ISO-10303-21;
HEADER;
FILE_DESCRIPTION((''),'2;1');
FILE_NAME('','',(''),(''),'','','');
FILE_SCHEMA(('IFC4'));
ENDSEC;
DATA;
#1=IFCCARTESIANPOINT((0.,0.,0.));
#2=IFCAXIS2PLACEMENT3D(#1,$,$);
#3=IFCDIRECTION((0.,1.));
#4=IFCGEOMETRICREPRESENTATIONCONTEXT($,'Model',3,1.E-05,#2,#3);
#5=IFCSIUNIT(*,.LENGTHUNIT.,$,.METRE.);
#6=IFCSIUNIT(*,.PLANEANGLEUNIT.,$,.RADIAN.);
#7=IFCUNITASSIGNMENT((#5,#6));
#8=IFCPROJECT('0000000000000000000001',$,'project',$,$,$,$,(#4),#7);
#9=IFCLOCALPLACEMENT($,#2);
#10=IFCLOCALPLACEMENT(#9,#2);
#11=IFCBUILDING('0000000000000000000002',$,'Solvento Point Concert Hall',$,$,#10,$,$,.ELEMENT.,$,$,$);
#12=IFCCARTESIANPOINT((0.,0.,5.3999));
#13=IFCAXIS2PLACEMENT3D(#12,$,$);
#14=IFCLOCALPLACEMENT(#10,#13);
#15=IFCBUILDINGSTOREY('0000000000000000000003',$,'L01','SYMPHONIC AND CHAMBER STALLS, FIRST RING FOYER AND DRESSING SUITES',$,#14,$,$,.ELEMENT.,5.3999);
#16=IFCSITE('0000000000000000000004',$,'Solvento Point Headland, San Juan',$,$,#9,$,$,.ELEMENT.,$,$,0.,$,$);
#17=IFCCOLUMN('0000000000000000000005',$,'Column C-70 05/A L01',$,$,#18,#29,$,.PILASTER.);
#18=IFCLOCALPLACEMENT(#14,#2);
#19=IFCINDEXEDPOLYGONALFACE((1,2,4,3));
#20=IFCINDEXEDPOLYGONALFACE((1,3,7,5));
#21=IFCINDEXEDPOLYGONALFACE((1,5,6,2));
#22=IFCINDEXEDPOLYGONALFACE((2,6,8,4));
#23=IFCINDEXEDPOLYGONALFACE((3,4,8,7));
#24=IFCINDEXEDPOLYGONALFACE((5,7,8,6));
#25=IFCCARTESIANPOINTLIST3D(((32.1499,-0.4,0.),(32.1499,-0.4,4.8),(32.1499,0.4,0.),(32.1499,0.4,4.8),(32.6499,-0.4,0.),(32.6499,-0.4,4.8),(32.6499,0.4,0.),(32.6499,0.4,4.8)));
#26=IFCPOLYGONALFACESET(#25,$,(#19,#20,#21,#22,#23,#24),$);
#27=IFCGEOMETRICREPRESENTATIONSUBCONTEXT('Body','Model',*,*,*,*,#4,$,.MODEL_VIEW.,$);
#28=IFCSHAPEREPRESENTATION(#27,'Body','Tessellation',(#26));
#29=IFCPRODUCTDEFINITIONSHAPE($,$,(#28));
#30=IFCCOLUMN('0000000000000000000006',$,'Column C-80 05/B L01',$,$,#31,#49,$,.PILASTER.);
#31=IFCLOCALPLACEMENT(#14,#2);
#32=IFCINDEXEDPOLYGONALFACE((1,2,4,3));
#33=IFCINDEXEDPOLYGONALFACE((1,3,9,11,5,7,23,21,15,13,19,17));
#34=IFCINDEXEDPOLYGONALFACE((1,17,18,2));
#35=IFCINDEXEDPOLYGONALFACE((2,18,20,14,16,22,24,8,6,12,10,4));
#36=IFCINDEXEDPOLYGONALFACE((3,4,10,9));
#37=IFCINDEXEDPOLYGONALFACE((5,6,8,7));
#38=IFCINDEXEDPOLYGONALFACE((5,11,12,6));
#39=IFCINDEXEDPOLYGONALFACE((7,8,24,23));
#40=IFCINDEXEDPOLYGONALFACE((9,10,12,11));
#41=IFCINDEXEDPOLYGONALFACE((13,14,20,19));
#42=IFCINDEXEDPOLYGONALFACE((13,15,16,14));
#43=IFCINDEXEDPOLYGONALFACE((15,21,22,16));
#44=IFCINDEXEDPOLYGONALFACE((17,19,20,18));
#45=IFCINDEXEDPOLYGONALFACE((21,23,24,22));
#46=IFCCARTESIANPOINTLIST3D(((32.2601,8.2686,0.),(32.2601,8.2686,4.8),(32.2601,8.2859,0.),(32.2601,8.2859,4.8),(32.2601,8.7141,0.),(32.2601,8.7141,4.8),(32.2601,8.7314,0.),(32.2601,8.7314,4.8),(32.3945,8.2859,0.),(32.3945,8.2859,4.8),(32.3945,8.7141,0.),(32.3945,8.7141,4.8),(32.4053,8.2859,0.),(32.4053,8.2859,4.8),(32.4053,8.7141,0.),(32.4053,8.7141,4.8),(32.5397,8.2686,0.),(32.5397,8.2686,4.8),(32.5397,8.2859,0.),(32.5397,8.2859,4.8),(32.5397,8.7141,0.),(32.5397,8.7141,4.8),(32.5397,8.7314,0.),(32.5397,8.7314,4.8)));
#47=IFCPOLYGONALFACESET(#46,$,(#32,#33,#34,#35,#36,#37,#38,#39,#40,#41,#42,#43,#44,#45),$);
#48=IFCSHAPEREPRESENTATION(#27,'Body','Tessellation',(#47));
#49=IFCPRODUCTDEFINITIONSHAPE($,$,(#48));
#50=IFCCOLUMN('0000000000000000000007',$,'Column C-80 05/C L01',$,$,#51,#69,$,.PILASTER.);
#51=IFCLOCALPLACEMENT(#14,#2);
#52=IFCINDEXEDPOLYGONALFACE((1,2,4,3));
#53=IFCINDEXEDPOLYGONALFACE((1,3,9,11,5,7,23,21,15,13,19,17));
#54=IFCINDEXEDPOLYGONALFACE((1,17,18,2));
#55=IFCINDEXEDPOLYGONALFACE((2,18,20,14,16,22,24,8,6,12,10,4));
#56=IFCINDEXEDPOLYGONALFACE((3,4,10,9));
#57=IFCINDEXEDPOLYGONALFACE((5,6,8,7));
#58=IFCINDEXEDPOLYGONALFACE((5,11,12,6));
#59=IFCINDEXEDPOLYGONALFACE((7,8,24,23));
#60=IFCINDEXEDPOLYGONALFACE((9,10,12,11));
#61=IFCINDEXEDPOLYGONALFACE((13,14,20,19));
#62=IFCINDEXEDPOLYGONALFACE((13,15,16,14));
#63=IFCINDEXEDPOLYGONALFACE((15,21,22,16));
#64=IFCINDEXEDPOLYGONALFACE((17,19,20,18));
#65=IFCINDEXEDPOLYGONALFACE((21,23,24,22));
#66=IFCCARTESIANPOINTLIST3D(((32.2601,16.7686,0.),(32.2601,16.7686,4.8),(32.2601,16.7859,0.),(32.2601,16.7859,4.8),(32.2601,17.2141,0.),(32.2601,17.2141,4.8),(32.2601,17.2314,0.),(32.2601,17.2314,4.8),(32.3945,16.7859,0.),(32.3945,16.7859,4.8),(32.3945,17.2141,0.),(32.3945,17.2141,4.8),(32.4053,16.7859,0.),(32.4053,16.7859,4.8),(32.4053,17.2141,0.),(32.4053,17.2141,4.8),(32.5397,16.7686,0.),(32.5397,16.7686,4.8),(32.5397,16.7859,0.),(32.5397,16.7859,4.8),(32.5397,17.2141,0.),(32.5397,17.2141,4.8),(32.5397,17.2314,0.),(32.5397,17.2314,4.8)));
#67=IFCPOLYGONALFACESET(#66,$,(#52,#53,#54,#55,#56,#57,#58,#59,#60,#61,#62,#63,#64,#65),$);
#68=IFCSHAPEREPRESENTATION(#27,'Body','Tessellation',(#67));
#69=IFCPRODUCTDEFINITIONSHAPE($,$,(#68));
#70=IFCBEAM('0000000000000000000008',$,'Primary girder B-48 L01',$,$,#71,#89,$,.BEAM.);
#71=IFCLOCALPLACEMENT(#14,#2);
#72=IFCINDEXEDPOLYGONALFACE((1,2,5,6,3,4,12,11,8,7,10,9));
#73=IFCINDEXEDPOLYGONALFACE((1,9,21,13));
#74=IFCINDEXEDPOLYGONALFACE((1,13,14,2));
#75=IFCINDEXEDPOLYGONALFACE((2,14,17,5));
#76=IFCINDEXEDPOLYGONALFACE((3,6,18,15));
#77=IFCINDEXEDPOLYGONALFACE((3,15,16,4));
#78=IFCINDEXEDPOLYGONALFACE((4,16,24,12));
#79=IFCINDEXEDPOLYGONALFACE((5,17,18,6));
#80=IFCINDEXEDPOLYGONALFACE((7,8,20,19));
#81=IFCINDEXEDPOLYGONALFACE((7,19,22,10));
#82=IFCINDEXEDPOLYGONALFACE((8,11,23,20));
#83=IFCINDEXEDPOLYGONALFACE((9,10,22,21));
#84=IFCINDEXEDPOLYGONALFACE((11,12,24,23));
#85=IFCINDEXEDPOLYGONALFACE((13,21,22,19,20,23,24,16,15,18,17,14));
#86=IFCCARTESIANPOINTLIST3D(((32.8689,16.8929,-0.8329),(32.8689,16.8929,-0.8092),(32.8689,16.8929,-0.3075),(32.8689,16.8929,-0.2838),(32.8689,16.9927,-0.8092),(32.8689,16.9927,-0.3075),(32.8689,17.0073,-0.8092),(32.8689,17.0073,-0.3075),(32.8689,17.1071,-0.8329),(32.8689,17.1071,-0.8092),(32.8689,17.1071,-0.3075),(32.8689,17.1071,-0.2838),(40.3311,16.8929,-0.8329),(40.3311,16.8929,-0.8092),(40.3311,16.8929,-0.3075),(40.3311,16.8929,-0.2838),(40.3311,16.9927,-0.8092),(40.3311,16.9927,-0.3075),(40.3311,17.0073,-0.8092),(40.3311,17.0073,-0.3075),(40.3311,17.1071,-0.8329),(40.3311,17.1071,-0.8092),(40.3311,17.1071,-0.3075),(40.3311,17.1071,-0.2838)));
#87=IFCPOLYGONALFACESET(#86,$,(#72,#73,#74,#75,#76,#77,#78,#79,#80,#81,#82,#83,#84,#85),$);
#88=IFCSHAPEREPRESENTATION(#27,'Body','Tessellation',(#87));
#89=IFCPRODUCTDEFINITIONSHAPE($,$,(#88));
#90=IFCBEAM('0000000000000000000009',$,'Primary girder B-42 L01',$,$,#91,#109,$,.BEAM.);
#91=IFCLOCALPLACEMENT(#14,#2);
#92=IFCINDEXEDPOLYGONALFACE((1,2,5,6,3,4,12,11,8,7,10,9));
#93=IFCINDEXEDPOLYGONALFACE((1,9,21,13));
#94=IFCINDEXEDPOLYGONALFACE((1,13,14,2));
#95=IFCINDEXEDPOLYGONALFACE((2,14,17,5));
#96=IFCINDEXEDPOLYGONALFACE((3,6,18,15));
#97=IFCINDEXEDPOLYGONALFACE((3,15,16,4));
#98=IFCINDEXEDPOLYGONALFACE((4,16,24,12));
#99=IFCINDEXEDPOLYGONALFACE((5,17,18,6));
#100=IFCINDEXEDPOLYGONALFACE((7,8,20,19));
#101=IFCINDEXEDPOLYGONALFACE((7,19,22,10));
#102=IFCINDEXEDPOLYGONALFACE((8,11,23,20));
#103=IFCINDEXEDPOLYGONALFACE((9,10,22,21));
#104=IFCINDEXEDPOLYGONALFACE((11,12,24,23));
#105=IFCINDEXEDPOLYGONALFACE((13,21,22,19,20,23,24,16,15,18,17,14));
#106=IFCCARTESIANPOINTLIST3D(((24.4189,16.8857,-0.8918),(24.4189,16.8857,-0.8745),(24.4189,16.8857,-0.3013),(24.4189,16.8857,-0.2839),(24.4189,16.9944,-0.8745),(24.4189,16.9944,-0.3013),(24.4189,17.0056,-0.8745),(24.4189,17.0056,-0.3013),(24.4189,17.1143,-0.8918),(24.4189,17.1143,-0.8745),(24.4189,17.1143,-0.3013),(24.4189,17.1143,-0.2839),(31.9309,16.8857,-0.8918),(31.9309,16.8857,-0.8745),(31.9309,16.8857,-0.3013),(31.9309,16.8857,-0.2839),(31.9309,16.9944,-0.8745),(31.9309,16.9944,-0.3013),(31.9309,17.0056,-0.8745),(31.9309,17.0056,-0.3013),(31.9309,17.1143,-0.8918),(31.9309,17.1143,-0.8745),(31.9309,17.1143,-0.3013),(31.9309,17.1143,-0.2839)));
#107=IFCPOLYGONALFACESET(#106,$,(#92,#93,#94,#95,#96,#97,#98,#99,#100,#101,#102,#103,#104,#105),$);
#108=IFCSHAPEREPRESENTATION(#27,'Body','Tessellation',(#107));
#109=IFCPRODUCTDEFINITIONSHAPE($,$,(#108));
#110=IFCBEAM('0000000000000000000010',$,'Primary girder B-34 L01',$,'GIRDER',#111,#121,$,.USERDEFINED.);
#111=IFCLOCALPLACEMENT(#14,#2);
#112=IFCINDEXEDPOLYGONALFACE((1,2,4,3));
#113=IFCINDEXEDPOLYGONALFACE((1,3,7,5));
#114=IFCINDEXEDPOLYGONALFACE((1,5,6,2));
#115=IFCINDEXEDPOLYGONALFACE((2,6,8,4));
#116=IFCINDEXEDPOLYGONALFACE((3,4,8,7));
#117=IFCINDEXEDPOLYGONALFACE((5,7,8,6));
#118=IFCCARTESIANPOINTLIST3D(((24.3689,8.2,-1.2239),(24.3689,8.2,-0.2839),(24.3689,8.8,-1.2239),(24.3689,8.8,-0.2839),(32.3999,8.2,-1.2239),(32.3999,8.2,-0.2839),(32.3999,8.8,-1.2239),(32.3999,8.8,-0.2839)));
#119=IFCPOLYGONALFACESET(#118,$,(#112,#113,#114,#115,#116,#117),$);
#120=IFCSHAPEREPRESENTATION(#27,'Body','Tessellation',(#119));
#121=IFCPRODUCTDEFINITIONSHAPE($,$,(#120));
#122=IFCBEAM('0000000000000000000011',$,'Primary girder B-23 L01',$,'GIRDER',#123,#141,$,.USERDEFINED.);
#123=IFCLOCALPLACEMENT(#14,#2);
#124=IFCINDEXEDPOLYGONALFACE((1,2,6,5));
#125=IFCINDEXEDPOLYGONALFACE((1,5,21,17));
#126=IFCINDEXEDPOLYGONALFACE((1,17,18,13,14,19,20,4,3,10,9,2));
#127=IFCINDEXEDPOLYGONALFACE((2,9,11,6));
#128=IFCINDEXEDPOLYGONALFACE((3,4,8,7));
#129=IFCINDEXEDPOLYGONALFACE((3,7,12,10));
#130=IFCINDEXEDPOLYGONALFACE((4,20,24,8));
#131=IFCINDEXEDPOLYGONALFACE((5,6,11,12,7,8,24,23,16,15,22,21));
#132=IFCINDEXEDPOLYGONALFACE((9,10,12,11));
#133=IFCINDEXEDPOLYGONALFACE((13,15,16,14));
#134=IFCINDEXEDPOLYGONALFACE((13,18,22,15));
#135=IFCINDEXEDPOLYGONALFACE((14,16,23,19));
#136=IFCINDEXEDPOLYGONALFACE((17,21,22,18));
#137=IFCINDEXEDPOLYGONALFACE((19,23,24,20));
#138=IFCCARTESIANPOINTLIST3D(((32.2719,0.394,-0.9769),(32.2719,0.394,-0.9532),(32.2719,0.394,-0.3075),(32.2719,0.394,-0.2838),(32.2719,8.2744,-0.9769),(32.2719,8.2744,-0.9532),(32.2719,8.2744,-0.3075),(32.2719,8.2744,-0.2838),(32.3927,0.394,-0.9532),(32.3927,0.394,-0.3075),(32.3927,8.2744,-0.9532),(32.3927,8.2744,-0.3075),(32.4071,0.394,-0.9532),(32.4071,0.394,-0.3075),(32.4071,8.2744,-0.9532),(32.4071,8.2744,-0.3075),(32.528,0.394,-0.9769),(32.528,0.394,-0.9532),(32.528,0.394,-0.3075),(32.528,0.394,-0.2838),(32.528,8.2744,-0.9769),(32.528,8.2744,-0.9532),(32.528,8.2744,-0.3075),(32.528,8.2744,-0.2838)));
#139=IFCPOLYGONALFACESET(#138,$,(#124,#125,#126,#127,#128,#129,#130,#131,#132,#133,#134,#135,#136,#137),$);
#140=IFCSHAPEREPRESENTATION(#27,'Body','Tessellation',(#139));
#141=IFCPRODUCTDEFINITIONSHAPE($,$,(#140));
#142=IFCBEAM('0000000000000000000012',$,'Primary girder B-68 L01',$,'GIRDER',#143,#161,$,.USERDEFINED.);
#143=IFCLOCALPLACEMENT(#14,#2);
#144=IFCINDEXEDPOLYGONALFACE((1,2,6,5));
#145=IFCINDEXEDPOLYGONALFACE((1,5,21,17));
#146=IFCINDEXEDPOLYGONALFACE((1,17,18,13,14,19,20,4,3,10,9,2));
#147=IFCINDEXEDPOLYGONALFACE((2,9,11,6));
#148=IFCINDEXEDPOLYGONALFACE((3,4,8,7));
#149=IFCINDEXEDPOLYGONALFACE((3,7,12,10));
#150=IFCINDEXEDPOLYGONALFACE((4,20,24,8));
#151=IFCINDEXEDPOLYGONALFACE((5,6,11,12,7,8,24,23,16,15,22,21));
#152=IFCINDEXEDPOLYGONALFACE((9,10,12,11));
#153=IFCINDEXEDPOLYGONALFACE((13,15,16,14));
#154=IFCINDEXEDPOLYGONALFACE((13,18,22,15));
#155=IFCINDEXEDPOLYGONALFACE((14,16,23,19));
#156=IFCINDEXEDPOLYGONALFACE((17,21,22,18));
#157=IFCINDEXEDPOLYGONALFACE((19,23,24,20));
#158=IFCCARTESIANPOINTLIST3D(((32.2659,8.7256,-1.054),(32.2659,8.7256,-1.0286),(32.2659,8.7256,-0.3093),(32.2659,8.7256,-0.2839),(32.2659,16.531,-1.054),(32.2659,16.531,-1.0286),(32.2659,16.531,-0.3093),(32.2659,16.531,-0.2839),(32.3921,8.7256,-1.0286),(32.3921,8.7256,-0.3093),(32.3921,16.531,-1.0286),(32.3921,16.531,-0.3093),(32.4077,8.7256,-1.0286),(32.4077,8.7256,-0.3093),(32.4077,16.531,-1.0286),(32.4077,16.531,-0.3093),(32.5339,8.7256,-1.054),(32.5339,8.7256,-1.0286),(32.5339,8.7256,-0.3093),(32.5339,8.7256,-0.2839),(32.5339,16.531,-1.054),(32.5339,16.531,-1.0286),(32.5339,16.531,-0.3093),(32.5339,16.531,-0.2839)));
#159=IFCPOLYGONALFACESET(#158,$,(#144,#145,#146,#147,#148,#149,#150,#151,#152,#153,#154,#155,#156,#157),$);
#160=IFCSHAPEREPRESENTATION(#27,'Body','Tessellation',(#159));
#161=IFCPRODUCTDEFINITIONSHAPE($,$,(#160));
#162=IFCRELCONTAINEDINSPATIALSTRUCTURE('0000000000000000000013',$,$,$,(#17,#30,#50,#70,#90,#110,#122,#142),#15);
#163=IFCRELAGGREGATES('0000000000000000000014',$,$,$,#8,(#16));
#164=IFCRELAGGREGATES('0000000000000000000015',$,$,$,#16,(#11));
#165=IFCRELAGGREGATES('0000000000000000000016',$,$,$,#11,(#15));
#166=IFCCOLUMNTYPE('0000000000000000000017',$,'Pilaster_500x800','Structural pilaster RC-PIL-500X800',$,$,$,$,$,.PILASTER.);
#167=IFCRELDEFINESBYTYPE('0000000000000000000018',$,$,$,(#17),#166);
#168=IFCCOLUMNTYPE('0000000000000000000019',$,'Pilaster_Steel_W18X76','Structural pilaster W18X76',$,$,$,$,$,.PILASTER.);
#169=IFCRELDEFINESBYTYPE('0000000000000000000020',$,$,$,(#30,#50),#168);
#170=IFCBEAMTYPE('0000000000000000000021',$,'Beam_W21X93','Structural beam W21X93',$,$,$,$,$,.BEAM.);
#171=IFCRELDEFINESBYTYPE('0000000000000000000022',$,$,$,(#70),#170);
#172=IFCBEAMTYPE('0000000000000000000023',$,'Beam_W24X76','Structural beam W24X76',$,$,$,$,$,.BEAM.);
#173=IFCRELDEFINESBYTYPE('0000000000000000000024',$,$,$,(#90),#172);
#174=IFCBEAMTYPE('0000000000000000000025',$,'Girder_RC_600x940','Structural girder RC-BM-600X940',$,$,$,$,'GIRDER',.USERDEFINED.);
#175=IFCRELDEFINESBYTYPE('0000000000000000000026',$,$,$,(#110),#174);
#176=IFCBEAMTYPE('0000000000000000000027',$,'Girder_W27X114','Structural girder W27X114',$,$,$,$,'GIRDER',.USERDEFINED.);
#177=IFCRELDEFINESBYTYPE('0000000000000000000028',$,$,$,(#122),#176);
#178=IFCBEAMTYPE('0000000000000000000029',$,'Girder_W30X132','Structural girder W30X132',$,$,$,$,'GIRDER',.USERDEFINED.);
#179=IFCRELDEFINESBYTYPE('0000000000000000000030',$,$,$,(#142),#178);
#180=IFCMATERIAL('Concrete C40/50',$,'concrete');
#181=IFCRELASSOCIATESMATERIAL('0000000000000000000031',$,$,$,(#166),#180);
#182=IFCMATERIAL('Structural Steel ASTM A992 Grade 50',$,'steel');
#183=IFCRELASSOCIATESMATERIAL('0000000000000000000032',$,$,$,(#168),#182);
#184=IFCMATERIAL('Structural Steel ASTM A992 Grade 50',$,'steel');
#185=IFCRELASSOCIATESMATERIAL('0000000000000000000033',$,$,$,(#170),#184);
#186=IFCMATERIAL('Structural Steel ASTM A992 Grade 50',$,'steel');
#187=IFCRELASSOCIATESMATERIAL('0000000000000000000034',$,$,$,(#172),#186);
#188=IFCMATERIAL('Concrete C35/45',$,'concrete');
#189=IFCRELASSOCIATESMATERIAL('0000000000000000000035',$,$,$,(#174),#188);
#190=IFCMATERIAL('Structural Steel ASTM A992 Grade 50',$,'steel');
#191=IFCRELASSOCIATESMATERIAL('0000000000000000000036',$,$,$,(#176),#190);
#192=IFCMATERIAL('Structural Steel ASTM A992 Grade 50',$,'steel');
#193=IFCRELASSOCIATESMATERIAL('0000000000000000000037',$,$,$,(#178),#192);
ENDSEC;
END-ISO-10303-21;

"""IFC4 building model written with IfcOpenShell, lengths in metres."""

from ifc_helpers import new_model, si_unit, direction, frame, origin, origin_2d, place, context, subcontext, project, spatial, rectangle, i_section, extrude, material, material_profile, profile_set, type_object, element, save


model = new_model("IFC4")

# Units and contexts
model_context = context("Model", 3, precision=1e-05, world=origin(), true_north=direction((0.0, 1.0)))
body_context = subcontext(model_context, "Body", "Model", "MODEL_VIEW")
ifc_project = project(units=[si_unit("LENGTHUNIT", "METRE"), si_unit("PLANEANGLEUNIT", "RADIAN")], contexts=[model_context])

# Site, building, storey
site_placement = place(None, origin())
site = spatial("IfcSite", under=ifc_project, at=site_placement, Name="Solvento Point Headland, San Juan", CompositionType="ELEMENT", RefElevation=0.0)
building_placement = place(site_placement, origin())
building = spatial("IfcBuilding", under=site, at=building_placement, Name="Solvento Point Concert Hall", CompositionType="ELEMENT")
storey_placement = place(building_placement, frame((0.0, 0.0, 5.3999)))
storey = spatial("IfcBuildingStorey", under=building, at=storey_placement, Name="L01", Description="SYMPHONIC AND CHAMBER STALLS, FIRST RING FOYER AND DRESSING SUITES", CompositionType="ELEMENT", Elevation=5.3999)

# Columns
ifc_material_1 = material(Name="Concrete C40/50", Category="concrete")
ifc_material_profile_1 = material_profile(ifc_material_1, rectangle(XDim=0.5, YDim=0.8, at=origin_2d()), Name="RC-PIL-500X800")
ifc_profile_set_1 = profile_set([ifc_material_profile_1], Name="Concrete C40/50")
column_type_1 = type_object("IfcColumnType", Name="Pilaster_500x800", Description="Structural pilaster RC-PIL-500X800", PredefinedType="PILASTER", material=ifc_profile_set_1)
column_placement = place(storey_placement, frame((32.3999, 0.0, 0.0), z_axis=(0.0, 0.0, 1.0), x_axis=(1.0, 0.0, 0.0)))
element("IfcColumn", 1, at=column_placement, inside=storey, type_object=column_type_1, Name="Column C-70 05/A L01", PredefinedType="PILASTER", context=body_context, shape_type="SweptSolid", body=[
    extrude(rectangle(XDim=0.5, YDim=0.8, at=origin_2d()), origin(), (0.0, 0.0, 1.0), 4.8),
])
ifc_material_2 = material(Name="Structural Steel ASTM A992 Grade 50", Category="steel")
ifc_material_profile_2 = material_profile(ifc_material_2, i_section(OverallWidth=0.2795, OverallDepth=0.4629, WebThickness=0.0107, FlangeThickness=0.0173, at=origin_2d()), Name="W18X76")
ifc_profile_set_2 = profile_set([ifc_material_profile_2], Name="Structural Steel ASTM A992 Grade 50")
column_type_2 = type_object("IfcColumnType", Name="Pilaster_Steel_W18X76", Description="Structural pilaster W18X76", PredefinedType="PILASTER", material=ifc_profile_set_2)
for number, where, z_axis, x_axis, name in (
    (2, (32.3999, 8.5, 0.0), (0.0, 0.0, 1.0), (1.0, 0.0, 0.0), "Column C-80 05/B L01"),
    (3, (32.3999, 17.0, 0.0), (0.0, 0.0, 1.0), (1.0, 0.0, 0.0), "Column C-80 05/C L01"),
):
    element("IfcColumn", number, at=place(storey_placement, frame(where, z_axis=z_axis, x_axis=x_axis)), inside=storey, type_object=column_type_2, Name=name, PredefinedType="PILASTER", context=body_context, shape_type="SweptSolid", body=[
        extrude(i_section(OverallWidth=0.2795, OverallDepth=0.4629, WebThickness=0.0107, FlangeThickness=0.0173, at=origin_2d()), origin(), (0.0, 0.0, 1.0), 4.8),
    ])

# Beams
ifc_material_3 = material(Name="Structural Steel ASTM A992 Grade 50", Category="steel")
ifc_material_profile_3 = material_profile(ifc_material_3, i_section(OverallWidth=0.2141, OverallDepth=0.5491, WebThickness=0.0146, FlangeThickness=0.0237, at=origin_2d()), Name="W21X93")
ifc_profile_set_3 = profile_set([ifc_material_profile_3], Name="Structural Steel ASTM A992 Grade 50")
beam_type_1 = type_object("IfcBeamType", Name="Beam_W21X93", Description="Structural beam W21X93", PredefinedType="BEAM", material=ifc_profile_set_3)
beam_1_placement = place(storey_placement, frame((32.8689, 17.0, -0.5583), z_axis=(1.0, 0.0, 0.0), x_axis=(0.0, 1.0, 0.0)))
element("IfcBeam", 4, at=beam_1_placement, inside=storey, type_object=beam_type_1, Name="Primary girder B-48 L01", PredefinedType="BEAM", context=body_context, shape_type="SweptSolid", body=[
    extrude(i_section(OverallWidth=0.2141, OverallDepth=0.5491, WebThickness=0.0146, FlangeThickness=0.0237, at=origin_2d()), origin(), (0.0, 0.0, 1.0), 7.4622),
])
ifc_material_4 = material(Name="Structural Steel ASTM A992 Grade 50", Category="steel")
ifc_material_profile_4 = material_profile(ifc_material_4, i_section(OverallWidth=0.2285, OverallDepth=0.6079, WebThickness=0.0112, FlangeThickness=0.0173, at=origin_2d()), Name="W24X76")
ifc_profile_set_4 = profile_set([ifc_material_profile_4], Name="Structural Steel ASTM A992 Grade 50")
beam_type_2 = type_object("IfcBeamType", Name="Beam_W24X76", Description="Structural beam W24X76", PredefinedType="BEAM", material=ifc_profile_set_4)
beam_2_placement = place(storey_placement, frame((24.4189, 17.0, -0.5879), z_axis=(1.0, 0.0, 0.0), x_axis=(0.0, 1.0, 0.0)))
element("IfcBeam", 5, at=beam_2_placement, inside=storey, type_object=beam_type_2, Name="Primary girder B-42 L01", PredefinedType="BEAM", context=body_context, shape_type="SweptSolid", body=[
    extrude(i_section(OverallWidth=0.2285, OverallDepth=0.6079, WebThickness=0.0112, FlangeThickness=0.0173, at=origin_2d()), origin(), (0.0, 0.0, 1.0), 7.512),
])
ifc_material_5 = material(Name="Concrete C35/45", Category="concrete")
ifc_material_profile_5 = material_profile(ifc_material_5, rectangle(XDim=0.6001, YDim=0.9399, at=origin_2d()), Name="RC-BM-600X940")
ifc_profile_set_5 = profile_set([ifc_material_profile_5], Name="Concrete C35/45")
beam_type_3 = type_object("IfcBeamType", Name="Girder_RC_600x940", Description="Structural girder RC-BM-600X940", ElementType="GIRDER", PredefinedType="USERDEFINED", material=ifc_profile_set_5)
beam_3_placement = place(storey_placement, frame((24.3689, 8.5, -0.7539), z_axis=(1.0, 0.0, 0.0), x_axis=(0.0, 1.0, 0.0)))
element("IfcBeam", 6, at=beam_3_placement, inside=storey, type_object=beam_type_3, Name="Primary girder B-34 L01", ObjectType="GIRDER", PredefinedType="USERDEFINED", context=body_context, shape_type="SweptSolid", body=[
    extrude(rectangle(XDim=0.6001, YDim=0.9399, at=origin_2d()), origin(), (0.0, 0.0, 1.0), 8.031),
])
ifc_material_6 = material(Name="Structural Steel ASTM A992 Grade 50", Category="steel")
ifc_material_profile_6 = material_profile(ifc_material_6, i_section(OverallWidth=0.2561, OverallDepth=0.6931, WebThickness=0.0144, FlangeThickness=0.0237, at=origin_2d()), Name="W27X114")
ifc_profile_set_6 = profile_set([ifc_material_profile_6], Name="Structural Steel ASTM A992 Grade 50")
beam_type_4 = type_object("IfcBeamType", Name="Girder_W27X114", Description="Structural girder W27X114", ElementType="GIRDER", PredefinedType="USERDEFINED", material=ifc_profile_set_6)
beam_4_placement = place(storey_placement, frame((32.3999, 0.394, -0.6304), z_axis=(0.0, 1.0, 0.0), x_axis=(-1.0, 0.0, 0.0)))
element("IfcBeam", 7, at=beam_4_placement, inside=storey, type_object=beam_type_4, Name="Primary girder B-23 L01", ObjectType="GIRDER", PredefinedType="USERDEFINED", context=body_context, shape_type="SweptSolid", body=[
    extrude(i_section(OverallWidth=0.2561, OverallDepth=0.6931, WebThickness=0.0144, FlangeThickness=0.0237, at=origin_2d()), origin(), (0.0, 0.0, 1.0), 7.8804),
])
ifc_material_7 = material(Name="Structural Steel ASTM A992 Grade 50", Category="steel")
ifc_material_profile_7 = material_profile(ifc_material_7, i_section(OverallWidth=0.2681, OverallDepth=0.77, WebThickness=0.0156, FlangeThickness=0.0254, at=origin_2d()), Name="W30X132")
ifc_profile_set_7 = profile_set([ifc_material_profile_7], Name="Structural Steel ASTM A992 Grade 50")
beam_type_5 = type_object("IfcBeamType", Name="Girder_W30X132", Description="Structural girder W30X132", ElementType="GIRDER", PredefinedType="USERDEFINED", material=ifc_profile_set_7)
beam_5_placement = place(storey_placement, frame((32.3999, 8.7256, -0.6689), z_axis=(0.0, 1.0, 0.0), x_axis=(-1.0, 0.0, 0.0)))
element("IfcBeam", 8, at=beam_5_placement, inside=storey, type_object=beam_type_5, Name="Primary girder B-68 L01", ObjectType="GIRDER", PredefinedType="USERDEFINED", context=body_context, shape_type="SweptSolid", body=[
    extrude(i_section(OverallWidth=0.2681, OverallDepth=0.77, WebThickness=0.0156, FlangeThickness=0.0254, at=origin_2d()), origin(), (0.0, 0.0, 1.0), 7.8054),
])

save(model, "model.ifc")
